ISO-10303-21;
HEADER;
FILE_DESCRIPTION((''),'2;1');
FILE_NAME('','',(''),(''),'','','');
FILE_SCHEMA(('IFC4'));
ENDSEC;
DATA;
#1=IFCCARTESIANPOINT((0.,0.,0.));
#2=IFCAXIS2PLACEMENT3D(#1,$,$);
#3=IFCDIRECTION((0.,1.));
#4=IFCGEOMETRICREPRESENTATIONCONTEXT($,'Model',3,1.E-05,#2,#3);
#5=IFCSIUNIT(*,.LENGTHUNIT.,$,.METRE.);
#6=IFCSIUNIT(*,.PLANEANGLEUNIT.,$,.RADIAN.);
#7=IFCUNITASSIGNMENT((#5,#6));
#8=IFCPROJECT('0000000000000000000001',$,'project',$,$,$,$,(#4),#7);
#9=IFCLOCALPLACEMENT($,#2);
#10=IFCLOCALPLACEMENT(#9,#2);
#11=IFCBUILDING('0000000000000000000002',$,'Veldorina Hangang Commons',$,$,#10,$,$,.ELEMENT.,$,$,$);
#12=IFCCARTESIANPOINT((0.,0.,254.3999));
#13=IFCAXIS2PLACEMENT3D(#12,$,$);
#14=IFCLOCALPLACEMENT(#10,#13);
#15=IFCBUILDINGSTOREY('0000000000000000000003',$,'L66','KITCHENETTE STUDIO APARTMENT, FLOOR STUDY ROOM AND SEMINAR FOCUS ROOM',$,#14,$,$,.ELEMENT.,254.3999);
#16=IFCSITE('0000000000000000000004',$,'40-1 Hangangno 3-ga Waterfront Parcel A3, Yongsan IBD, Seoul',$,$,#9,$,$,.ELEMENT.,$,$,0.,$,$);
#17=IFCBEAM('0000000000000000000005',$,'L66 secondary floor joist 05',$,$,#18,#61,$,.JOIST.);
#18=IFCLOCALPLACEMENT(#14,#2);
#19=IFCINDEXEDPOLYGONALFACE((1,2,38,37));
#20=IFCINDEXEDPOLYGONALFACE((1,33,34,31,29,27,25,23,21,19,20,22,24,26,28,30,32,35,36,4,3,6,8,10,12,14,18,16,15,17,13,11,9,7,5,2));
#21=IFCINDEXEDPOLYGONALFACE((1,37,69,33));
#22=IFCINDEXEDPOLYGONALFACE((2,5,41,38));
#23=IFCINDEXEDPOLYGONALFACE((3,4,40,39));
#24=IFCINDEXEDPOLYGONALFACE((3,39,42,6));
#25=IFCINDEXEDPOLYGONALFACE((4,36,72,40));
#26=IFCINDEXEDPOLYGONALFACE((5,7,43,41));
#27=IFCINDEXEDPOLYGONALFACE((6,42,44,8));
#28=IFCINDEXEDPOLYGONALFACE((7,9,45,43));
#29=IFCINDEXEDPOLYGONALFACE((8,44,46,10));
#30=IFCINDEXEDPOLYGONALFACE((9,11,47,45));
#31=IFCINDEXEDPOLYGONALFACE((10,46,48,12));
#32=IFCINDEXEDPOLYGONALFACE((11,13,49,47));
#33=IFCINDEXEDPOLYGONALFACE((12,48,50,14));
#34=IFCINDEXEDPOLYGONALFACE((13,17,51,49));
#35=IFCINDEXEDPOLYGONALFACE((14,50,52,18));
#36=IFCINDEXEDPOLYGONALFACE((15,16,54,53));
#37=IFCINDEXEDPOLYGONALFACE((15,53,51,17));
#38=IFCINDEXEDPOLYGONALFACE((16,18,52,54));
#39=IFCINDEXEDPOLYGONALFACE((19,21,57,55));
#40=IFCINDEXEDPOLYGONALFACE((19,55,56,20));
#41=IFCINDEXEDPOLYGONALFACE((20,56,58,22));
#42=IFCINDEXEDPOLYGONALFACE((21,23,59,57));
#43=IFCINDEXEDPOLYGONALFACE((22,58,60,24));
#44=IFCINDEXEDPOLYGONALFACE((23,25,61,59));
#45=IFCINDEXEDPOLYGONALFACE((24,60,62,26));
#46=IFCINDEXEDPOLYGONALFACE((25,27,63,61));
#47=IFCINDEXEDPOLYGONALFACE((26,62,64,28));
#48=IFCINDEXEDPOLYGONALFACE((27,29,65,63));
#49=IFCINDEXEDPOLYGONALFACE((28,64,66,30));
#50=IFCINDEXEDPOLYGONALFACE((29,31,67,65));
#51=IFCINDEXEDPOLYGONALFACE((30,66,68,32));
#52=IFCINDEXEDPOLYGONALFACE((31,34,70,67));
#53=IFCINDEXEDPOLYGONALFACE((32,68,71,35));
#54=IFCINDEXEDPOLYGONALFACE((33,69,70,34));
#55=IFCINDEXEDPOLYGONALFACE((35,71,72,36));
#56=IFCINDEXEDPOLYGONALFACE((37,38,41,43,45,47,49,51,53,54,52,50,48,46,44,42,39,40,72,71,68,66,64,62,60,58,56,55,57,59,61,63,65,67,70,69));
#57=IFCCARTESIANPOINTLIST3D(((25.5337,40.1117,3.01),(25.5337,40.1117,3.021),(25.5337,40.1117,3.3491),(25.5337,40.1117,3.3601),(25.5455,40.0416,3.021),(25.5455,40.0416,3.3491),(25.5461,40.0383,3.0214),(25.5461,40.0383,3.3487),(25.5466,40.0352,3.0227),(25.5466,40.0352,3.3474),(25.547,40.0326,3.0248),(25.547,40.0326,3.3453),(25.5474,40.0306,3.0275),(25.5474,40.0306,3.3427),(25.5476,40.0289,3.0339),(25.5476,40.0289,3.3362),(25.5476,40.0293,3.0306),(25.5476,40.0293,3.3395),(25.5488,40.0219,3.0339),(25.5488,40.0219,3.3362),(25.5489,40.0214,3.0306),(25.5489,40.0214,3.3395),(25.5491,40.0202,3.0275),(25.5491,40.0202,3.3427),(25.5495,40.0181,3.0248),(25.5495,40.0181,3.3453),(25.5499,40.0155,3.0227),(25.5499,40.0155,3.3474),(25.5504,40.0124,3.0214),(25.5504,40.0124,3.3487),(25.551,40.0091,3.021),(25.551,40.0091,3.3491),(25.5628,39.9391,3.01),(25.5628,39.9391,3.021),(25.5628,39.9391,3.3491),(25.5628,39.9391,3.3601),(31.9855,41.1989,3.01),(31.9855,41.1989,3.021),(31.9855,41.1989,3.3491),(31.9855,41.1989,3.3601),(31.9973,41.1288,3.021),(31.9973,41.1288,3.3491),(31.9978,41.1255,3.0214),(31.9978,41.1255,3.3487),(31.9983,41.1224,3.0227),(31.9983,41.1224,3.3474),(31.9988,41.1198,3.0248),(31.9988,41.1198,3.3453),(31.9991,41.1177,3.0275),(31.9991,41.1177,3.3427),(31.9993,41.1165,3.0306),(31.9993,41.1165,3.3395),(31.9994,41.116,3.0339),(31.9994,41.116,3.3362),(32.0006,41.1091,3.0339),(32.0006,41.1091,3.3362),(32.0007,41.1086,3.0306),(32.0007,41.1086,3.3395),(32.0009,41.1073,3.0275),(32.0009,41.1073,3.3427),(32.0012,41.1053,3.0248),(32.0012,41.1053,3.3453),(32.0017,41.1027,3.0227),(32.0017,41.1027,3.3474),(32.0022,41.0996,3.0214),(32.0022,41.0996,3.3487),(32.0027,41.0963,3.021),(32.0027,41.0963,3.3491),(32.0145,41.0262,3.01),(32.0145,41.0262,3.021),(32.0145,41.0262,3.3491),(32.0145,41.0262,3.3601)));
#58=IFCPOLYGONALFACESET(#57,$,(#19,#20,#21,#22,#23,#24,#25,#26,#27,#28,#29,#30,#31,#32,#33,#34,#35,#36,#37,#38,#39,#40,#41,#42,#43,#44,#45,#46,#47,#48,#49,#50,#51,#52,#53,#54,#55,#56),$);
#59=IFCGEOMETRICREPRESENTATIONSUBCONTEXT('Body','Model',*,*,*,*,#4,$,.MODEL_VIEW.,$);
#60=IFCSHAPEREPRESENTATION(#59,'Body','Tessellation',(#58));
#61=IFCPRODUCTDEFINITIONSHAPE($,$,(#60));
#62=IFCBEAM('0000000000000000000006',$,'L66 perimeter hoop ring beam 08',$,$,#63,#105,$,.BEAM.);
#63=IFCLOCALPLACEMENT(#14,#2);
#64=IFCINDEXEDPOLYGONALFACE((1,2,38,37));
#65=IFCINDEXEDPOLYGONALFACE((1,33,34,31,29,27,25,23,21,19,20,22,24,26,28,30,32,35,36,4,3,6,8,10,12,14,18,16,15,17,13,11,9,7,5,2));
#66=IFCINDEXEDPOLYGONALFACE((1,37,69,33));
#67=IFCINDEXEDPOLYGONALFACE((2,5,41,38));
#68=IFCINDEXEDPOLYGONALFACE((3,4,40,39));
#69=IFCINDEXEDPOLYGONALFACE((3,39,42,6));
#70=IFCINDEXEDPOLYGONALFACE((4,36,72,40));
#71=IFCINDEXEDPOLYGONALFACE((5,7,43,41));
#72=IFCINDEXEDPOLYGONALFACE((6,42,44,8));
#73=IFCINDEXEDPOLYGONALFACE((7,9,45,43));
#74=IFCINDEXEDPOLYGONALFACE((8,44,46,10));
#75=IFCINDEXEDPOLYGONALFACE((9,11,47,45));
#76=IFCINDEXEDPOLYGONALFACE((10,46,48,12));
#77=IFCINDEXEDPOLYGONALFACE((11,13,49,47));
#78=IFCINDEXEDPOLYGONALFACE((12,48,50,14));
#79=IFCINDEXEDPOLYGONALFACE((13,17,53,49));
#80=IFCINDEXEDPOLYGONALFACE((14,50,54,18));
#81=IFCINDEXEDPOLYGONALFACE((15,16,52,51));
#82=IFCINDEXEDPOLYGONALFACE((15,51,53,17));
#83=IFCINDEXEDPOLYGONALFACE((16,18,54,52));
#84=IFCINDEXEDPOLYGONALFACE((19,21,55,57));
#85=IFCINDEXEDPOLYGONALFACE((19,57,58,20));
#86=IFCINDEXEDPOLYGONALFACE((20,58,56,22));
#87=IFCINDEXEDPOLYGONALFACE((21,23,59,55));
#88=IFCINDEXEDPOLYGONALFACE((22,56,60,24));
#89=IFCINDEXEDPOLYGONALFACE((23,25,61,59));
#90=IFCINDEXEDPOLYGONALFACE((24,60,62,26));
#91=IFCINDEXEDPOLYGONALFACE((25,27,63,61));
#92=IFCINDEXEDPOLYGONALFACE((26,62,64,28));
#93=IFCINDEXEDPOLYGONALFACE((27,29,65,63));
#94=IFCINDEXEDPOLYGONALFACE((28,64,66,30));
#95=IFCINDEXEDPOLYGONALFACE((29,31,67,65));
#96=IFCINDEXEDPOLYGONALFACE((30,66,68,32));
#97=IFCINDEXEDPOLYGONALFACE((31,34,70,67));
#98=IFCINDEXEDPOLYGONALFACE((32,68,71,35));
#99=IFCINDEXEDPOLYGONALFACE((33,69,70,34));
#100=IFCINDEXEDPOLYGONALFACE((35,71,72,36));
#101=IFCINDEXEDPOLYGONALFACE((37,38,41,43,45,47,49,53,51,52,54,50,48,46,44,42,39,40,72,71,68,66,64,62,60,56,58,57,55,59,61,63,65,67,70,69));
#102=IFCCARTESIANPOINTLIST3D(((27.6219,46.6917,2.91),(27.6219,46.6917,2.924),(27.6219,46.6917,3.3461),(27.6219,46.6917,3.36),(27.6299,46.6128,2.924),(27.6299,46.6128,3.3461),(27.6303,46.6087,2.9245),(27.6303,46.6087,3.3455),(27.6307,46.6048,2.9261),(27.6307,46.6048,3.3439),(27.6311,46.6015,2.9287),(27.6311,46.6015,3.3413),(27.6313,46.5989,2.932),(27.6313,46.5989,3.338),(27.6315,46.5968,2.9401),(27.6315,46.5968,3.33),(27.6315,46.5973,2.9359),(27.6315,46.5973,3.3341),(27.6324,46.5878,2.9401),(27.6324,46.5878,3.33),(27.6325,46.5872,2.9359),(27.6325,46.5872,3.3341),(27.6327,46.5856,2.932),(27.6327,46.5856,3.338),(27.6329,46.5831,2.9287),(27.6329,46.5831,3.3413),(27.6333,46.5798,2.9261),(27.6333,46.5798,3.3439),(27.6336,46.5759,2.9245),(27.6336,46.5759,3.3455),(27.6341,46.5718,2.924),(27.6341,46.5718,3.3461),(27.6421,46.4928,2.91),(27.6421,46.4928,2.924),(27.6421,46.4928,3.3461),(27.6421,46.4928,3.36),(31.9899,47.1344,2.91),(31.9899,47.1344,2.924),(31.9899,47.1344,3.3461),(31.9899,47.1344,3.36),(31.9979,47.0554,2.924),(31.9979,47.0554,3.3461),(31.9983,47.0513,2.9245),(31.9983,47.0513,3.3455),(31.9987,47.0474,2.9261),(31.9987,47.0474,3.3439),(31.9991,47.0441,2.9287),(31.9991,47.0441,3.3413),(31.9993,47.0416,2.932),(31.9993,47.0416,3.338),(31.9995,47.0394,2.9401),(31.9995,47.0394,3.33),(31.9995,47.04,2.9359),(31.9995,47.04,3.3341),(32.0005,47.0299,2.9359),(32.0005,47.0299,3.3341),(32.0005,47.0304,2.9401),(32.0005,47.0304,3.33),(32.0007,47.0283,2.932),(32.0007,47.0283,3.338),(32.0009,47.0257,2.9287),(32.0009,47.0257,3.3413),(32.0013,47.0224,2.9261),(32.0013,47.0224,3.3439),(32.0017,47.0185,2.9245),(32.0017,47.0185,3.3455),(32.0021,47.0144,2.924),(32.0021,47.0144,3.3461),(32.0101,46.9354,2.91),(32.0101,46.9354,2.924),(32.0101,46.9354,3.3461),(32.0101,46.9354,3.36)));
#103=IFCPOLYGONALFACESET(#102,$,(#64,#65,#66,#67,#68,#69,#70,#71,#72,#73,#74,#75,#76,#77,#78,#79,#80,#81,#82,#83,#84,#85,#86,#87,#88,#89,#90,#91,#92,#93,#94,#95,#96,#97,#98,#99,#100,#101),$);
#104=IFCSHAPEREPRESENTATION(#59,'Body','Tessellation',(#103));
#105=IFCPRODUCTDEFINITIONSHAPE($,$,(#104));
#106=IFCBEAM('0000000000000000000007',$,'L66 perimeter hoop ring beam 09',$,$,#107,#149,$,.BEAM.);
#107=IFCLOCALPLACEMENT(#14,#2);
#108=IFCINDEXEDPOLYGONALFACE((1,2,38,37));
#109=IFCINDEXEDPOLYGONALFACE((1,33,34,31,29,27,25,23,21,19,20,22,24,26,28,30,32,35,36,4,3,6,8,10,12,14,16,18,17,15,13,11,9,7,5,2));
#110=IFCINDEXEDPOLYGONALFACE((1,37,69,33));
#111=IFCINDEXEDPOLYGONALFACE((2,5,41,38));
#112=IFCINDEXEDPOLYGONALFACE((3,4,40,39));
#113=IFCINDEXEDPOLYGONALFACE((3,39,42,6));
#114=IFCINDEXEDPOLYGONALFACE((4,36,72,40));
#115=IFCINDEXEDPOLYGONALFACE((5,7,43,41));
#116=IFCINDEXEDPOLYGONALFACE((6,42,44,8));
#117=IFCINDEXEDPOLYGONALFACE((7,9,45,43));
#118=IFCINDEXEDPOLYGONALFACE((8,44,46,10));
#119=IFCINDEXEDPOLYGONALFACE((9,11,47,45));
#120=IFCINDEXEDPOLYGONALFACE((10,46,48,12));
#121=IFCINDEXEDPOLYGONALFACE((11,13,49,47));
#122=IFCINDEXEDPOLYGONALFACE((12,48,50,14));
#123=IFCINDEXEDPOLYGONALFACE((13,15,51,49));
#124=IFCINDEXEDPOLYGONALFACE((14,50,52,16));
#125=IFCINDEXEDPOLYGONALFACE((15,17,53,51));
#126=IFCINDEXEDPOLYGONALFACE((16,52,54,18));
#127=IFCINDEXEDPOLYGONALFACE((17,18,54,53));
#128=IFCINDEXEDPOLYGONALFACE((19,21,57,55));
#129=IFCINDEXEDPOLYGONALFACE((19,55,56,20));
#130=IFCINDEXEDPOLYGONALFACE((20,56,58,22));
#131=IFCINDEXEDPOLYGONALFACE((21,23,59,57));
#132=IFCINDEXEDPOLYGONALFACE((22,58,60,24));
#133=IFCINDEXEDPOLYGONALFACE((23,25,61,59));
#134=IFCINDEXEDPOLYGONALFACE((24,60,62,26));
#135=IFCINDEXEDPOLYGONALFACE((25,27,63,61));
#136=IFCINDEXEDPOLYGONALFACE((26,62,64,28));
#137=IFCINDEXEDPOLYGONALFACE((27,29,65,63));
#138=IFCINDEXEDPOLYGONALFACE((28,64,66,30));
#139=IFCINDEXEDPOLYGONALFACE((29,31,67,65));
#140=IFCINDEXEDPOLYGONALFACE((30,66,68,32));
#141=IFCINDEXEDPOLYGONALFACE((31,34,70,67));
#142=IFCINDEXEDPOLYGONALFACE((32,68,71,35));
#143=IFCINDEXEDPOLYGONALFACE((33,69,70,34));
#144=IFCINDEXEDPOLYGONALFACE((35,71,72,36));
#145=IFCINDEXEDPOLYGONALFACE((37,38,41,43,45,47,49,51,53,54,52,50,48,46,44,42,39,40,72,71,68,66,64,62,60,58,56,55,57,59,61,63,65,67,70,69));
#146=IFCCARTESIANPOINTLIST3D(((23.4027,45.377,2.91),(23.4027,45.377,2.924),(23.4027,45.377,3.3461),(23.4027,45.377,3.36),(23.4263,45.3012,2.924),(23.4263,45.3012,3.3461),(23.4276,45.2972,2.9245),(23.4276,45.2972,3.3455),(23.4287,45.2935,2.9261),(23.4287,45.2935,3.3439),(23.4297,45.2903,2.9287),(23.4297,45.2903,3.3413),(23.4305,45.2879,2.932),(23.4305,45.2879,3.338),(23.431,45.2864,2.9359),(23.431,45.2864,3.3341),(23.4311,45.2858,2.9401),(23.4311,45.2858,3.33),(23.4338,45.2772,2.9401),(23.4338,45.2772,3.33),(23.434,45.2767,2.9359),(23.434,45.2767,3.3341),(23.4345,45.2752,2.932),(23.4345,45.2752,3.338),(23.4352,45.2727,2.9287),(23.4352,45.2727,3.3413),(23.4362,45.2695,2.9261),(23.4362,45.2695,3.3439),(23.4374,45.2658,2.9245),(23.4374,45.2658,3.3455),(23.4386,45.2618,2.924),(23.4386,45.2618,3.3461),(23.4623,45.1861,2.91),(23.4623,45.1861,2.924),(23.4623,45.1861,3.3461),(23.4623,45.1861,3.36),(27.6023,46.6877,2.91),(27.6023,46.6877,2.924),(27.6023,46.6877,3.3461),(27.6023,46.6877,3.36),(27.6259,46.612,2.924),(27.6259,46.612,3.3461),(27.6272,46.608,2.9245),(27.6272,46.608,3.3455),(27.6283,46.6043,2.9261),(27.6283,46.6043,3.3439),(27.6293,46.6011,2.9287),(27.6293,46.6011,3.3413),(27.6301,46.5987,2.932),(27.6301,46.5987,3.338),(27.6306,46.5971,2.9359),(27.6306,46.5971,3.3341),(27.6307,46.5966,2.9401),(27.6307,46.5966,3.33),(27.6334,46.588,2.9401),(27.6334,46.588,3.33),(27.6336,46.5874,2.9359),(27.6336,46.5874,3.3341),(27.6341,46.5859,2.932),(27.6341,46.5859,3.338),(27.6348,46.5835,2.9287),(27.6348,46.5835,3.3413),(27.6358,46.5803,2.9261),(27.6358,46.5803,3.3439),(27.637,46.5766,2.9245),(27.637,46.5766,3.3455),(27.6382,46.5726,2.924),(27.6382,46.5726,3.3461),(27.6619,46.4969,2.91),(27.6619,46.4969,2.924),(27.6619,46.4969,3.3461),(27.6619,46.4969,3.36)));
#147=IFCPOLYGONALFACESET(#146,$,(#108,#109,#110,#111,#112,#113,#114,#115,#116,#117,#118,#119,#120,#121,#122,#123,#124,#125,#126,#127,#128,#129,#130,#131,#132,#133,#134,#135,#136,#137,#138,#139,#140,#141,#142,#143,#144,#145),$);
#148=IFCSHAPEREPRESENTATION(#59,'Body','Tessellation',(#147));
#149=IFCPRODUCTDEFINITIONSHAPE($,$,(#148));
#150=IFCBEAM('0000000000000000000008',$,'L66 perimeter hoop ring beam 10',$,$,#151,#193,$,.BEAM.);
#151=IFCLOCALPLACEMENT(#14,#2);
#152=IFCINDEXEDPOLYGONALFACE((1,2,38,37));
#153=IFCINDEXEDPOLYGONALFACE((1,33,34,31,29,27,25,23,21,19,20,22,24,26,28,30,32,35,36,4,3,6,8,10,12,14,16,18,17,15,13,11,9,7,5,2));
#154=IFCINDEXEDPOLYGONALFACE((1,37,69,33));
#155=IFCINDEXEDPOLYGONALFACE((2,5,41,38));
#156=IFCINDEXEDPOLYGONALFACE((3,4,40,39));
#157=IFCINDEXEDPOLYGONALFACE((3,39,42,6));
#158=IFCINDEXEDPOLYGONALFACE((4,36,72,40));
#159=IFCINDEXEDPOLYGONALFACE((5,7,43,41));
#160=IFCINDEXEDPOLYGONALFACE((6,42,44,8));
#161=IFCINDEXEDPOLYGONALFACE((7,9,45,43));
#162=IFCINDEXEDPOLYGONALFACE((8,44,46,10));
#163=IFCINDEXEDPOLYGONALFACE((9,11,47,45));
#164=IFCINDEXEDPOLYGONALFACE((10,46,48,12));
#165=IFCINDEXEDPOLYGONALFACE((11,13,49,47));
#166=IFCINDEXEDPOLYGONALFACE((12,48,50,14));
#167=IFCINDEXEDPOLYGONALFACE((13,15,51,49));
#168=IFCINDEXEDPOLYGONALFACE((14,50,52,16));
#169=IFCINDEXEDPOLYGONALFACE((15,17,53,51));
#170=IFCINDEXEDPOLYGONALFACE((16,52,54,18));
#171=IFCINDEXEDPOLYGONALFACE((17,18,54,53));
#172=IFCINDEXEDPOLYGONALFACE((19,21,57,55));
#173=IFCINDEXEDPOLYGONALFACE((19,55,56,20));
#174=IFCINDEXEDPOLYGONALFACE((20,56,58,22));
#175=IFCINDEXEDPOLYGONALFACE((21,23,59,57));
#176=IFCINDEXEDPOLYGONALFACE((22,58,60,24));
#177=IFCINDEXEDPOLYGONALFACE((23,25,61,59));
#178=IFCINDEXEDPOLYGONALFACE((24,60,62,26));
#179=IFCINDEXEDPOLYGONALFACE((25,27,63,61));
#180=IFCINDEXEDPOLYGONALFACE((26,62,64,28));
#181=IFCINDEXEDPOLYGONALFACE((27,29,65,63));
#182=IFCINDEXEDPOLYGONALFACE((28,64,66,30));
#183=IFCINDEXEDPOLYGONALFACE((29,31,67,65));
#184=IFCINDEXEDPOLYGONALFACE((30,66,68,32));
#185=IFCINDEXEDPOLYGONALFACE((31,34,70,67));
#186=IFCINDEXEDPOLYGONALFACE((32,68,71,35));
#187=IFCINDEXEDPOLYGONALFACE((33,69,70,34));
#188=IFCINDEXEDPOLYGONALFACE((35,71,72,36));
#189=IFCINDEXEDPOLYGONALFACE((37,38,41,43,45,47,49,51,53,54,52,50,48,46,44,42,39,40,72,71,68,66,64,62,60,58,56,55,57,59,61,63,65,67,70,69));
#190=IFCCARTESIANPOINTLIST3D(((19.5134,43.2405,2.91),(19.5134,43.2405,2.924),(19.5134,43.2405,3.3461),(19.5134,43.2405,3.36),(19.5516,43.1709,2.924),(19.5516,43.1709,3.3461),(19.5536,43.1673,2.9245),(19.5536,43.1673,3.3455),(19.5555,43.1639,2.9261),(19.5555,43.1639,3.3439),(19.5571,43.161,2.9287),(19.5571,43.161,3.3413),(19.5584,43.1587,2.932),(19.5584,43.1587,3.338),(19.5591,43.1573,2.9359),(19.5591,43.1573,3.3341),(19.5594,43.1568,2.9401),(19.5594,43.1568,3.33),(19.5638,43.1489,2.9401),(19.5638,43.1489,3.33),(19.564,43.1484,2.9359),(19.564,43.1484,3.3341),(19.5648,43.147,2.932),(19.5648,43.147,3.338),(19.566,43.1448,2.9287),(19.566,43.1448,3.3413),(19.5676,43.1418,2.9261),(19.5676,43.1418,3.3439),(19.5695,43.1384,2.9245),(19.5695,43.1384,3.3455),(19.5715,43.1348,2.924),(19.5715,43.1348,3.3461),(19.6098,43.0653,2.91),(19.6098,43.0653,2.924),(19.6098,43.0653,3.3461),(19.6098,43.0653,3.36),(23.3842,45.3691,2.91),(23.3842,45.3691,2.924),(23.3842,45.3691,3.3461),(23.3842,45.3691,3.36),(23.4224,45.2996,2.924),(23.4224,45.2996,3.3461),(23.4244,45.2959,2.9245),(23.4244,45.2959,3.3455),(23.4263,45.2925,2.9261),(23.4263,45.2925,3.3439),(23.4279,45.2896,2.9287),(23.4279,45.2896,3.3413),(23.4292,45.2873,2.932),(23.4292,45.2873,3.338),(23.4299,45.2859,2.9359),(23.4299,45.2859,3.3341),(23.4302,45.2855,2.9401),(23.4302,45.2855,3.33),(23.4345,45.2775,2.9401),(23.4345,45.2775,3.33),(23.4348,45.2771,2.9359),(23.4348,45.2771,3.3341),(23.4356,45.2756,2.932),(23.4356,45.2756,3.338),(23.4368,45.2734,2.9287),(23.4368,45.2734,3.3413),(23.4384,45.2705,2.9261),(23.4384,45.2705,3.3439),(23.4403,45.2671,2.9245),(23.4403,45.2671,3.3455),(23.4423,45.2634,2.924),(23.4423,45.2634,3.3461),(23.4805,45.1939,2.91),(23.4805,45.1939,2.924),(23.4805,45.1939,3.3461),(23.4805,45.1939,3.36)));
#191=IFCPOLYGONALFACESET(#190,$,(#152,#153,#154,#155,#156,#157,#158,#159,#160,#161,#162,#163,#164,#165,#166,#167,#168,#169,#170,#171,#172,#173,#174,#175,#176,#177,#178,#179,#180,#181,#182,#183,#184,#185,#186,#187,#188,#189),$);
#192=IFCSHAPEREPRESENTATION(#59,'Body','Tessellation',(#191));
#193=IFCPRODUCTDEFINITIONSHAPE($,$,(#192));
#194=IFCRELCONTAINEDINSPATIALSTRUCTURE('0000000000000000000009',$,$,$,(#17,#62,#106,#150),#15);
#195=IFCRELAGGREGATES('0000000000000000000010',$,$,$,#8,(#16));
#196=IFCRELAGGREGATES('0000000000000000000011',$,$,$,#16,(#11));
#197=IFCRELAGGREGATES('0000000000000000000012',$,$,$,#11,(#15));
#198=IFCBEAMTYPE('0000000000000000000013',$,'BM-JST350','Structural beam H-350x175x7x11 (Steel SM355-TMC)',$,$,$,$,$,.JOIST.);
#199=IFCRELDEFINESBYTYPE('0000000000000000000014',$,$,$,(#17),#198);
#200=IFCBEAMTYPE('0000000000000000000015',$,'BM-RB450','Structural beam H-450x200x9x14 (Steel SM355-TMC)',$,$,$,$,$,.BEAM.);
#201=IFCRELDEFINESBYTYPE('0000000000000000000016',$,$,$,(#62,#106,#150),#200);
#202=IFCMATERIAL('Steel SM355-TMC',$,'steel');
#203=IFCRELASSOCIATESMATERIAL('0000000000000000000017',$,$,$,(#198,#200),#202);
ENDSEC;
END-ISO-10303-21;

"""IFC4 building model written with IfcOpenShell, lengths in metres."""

from ifc_helpers import new_model, si_unit, direction, frame, origin, origin_2d, place, context, subcontext, project, spatial, i_section, extrude, material, material_profile, profile_set, type_object, element, save


model = new_model("IFC4")

# Units and contexts
model_context = context("Model", 3, precision=1e-05, world=origin(), true_north=direction((0.0, 1.0)))
body_context = subcontext(model_context, "Body", "Model", "MODEL_VIEW")
ifc_project = project(units=[si_unit("LENGTHUNIT", "METRE"), si_unit("PLANEANGLEUNIT", "RADIAN")], contexts=[model_context])

# Site, building, storey
site_placement = place(None, origin())
site = spatial("IfcSite", under=ifc_project, at=site_placement, Name="40-1 Hangangno 3-ga Waterfront Parcel A3, Yongsan IBD, Seoul", CompositionType="ELEMENT", RefElevation=0.0)
building_placement = place(site_placement, origin())
building = spatial("IfcBuilding", under=site, at=building_placement, Name="Veldorina Hangang Commons", CompositionType="ELEMENT")
storey_placement = place(building_placement, frame((0.0, 0.0, 254.3999)))
storey = spatial("IfcBuildingStorey", under=building, at=storey_placement, Name="L66", Description="KITCHENETTE STUDIO APARTMENT, FLOOR STUDY ROOM AND SEMINAR FOCUS ROOM", CompositionType="ELEMENT", Elevation=254.3999)

# Beams
ifc_material_1 = material(Name="Steel SM355-TMC", Category="steel")
ifc_material_profile_1 = material_profile(ifc_material_1, i_section(OverallWidth=0.175, OverallDepth=0.3501, WebThickness=0.0071, FlangeThickness=0.011, FilletRadius=0.0129, at=origin_2d()), Name="H-350x175x7x11")
ifc_profile_set_1 = profile_set([ifc_material_profile_1], Name="Steel SM355-TMC")
beam_type_1 = type_object("IfcBeamType", Name="BM-JST350", Description="Structural beam H-350x175x7x11 (Steel SM355-TMC)", PredefinedType="JOIST", material=ifc_profile_set_1)
beam_1_placement = place(storey_placement, frame((32.0, 41.1125, 3.1851), z_axis=(-0.986098, -0.166166, 0.0), x_axis=(0.166166, -0.986098, 0.0)))
element("IfcBeam", 1, at=beam_1_placement, inside=storey, type_object=beam_type_1, Name="L66 secondary floor joist 05", PredefinedType="JOIST", context=body_context, shape_type="SweptSolid", body=[
    extrude(i_section(OverallWidth=0.175, OverallDepth=0.3501, WebThickness=0.0071, FlangeThickness=0.011, FilletRadius=0.0129, at=origin_2d()), origin(), (0.0, 0.0, 1.0), 6.5427),
])
ifc_material_profile_2 = material_profile(ifc_material_1, i_section(OverallWidth=0.2, OverallDepth=0.45, WebThickness=0.009, FlangeThickness=0.0139, FilletRadius=0.0161, at=origin_2d()), Name="H-450x200x9x14")
ifc_profile_set_2 = profile_set([ifc_material_profile_2], Name="Steel SM355-TMC")
beam_type_2 = type_object("IfcBeamType", Name="BM-RB450", Description="Structural beam H-450x200x9x14 (Steel SM355-TMC)", PredefinedType="BEAM", material=ifc_profile_set_2)
beam_2_placement = place(storey_placement, frame((32.0, 47.0349, 3.135), z_axis=(-0.994905, -0.10082, 0.0), x_axis=(0.10082, -0.994905, 0.0)))
element("IfcBeam", 2, at=beam_2_placement, inside=storey, type_object=beam_type_2, Name="L66 perimeter hoop ring beam 08", PredefinedType="BEAM", context=body_context, shape_type="SweptSolid", body=[
    extrude(i_section(OverallWidth=0.2, OverallDepth=0.45, WebThickness=0.009, FlangeThickness=0.0139, FilletRadius=0.0161, at=origin_2d()), origin(), (0.0, 0.0, 1.0), 4.3904),
])
beam_3_placement = place(storey_placement, frame((27.6321, 46.5923, 3.135), z_axis=(-0.954585, -0.29794, 0.0), x_axis=(0.29794, -0.954585, 0.0)))
element("IfcBeam", 3, at=beam_3_placement, inside=storey, type_object=beam_type_2, Name="L66 perimeter hoop ring beam 09", PredefinedType="BEAM", context=body_context, shape_type="SweptSolid", body=[
    extrude(i_section(OverallWidth=0.2, OverallDepth=0.45, WebThickness=0.009, FlangeThickness=0.0139, FilletRadius=0.0161, at=origin_2d()), origin(), (0.0, 0.0, 1.0), 4.3994),
])
beam_4_placement = place(storey_placement, frame((23.4324, 45.2815, 3.135), z_axis=(-0.876245, -0.481866, 0.0), x_axis=(0.481866, -0.876245, 0.0)))
element("IfcBeam", 4, at=beam_4_placement, inside=storey, type_object=beam_type_2, Name="L66 perimeter hoop ring beam 10", PredefinedType="BEAM", context=body_context, shape_type="SweptSolid", body=[
    extrude(i_section(OverallWidth=0.2, OverallDepth=0.45, WebThickness=0.009, FlangeThickness=0.0139, FilletRadius=0.0161, at=origin_2d()), origin(), (0.0, 0.0, 1.0), 4.4175),
])

save(model, "model.ifc")
